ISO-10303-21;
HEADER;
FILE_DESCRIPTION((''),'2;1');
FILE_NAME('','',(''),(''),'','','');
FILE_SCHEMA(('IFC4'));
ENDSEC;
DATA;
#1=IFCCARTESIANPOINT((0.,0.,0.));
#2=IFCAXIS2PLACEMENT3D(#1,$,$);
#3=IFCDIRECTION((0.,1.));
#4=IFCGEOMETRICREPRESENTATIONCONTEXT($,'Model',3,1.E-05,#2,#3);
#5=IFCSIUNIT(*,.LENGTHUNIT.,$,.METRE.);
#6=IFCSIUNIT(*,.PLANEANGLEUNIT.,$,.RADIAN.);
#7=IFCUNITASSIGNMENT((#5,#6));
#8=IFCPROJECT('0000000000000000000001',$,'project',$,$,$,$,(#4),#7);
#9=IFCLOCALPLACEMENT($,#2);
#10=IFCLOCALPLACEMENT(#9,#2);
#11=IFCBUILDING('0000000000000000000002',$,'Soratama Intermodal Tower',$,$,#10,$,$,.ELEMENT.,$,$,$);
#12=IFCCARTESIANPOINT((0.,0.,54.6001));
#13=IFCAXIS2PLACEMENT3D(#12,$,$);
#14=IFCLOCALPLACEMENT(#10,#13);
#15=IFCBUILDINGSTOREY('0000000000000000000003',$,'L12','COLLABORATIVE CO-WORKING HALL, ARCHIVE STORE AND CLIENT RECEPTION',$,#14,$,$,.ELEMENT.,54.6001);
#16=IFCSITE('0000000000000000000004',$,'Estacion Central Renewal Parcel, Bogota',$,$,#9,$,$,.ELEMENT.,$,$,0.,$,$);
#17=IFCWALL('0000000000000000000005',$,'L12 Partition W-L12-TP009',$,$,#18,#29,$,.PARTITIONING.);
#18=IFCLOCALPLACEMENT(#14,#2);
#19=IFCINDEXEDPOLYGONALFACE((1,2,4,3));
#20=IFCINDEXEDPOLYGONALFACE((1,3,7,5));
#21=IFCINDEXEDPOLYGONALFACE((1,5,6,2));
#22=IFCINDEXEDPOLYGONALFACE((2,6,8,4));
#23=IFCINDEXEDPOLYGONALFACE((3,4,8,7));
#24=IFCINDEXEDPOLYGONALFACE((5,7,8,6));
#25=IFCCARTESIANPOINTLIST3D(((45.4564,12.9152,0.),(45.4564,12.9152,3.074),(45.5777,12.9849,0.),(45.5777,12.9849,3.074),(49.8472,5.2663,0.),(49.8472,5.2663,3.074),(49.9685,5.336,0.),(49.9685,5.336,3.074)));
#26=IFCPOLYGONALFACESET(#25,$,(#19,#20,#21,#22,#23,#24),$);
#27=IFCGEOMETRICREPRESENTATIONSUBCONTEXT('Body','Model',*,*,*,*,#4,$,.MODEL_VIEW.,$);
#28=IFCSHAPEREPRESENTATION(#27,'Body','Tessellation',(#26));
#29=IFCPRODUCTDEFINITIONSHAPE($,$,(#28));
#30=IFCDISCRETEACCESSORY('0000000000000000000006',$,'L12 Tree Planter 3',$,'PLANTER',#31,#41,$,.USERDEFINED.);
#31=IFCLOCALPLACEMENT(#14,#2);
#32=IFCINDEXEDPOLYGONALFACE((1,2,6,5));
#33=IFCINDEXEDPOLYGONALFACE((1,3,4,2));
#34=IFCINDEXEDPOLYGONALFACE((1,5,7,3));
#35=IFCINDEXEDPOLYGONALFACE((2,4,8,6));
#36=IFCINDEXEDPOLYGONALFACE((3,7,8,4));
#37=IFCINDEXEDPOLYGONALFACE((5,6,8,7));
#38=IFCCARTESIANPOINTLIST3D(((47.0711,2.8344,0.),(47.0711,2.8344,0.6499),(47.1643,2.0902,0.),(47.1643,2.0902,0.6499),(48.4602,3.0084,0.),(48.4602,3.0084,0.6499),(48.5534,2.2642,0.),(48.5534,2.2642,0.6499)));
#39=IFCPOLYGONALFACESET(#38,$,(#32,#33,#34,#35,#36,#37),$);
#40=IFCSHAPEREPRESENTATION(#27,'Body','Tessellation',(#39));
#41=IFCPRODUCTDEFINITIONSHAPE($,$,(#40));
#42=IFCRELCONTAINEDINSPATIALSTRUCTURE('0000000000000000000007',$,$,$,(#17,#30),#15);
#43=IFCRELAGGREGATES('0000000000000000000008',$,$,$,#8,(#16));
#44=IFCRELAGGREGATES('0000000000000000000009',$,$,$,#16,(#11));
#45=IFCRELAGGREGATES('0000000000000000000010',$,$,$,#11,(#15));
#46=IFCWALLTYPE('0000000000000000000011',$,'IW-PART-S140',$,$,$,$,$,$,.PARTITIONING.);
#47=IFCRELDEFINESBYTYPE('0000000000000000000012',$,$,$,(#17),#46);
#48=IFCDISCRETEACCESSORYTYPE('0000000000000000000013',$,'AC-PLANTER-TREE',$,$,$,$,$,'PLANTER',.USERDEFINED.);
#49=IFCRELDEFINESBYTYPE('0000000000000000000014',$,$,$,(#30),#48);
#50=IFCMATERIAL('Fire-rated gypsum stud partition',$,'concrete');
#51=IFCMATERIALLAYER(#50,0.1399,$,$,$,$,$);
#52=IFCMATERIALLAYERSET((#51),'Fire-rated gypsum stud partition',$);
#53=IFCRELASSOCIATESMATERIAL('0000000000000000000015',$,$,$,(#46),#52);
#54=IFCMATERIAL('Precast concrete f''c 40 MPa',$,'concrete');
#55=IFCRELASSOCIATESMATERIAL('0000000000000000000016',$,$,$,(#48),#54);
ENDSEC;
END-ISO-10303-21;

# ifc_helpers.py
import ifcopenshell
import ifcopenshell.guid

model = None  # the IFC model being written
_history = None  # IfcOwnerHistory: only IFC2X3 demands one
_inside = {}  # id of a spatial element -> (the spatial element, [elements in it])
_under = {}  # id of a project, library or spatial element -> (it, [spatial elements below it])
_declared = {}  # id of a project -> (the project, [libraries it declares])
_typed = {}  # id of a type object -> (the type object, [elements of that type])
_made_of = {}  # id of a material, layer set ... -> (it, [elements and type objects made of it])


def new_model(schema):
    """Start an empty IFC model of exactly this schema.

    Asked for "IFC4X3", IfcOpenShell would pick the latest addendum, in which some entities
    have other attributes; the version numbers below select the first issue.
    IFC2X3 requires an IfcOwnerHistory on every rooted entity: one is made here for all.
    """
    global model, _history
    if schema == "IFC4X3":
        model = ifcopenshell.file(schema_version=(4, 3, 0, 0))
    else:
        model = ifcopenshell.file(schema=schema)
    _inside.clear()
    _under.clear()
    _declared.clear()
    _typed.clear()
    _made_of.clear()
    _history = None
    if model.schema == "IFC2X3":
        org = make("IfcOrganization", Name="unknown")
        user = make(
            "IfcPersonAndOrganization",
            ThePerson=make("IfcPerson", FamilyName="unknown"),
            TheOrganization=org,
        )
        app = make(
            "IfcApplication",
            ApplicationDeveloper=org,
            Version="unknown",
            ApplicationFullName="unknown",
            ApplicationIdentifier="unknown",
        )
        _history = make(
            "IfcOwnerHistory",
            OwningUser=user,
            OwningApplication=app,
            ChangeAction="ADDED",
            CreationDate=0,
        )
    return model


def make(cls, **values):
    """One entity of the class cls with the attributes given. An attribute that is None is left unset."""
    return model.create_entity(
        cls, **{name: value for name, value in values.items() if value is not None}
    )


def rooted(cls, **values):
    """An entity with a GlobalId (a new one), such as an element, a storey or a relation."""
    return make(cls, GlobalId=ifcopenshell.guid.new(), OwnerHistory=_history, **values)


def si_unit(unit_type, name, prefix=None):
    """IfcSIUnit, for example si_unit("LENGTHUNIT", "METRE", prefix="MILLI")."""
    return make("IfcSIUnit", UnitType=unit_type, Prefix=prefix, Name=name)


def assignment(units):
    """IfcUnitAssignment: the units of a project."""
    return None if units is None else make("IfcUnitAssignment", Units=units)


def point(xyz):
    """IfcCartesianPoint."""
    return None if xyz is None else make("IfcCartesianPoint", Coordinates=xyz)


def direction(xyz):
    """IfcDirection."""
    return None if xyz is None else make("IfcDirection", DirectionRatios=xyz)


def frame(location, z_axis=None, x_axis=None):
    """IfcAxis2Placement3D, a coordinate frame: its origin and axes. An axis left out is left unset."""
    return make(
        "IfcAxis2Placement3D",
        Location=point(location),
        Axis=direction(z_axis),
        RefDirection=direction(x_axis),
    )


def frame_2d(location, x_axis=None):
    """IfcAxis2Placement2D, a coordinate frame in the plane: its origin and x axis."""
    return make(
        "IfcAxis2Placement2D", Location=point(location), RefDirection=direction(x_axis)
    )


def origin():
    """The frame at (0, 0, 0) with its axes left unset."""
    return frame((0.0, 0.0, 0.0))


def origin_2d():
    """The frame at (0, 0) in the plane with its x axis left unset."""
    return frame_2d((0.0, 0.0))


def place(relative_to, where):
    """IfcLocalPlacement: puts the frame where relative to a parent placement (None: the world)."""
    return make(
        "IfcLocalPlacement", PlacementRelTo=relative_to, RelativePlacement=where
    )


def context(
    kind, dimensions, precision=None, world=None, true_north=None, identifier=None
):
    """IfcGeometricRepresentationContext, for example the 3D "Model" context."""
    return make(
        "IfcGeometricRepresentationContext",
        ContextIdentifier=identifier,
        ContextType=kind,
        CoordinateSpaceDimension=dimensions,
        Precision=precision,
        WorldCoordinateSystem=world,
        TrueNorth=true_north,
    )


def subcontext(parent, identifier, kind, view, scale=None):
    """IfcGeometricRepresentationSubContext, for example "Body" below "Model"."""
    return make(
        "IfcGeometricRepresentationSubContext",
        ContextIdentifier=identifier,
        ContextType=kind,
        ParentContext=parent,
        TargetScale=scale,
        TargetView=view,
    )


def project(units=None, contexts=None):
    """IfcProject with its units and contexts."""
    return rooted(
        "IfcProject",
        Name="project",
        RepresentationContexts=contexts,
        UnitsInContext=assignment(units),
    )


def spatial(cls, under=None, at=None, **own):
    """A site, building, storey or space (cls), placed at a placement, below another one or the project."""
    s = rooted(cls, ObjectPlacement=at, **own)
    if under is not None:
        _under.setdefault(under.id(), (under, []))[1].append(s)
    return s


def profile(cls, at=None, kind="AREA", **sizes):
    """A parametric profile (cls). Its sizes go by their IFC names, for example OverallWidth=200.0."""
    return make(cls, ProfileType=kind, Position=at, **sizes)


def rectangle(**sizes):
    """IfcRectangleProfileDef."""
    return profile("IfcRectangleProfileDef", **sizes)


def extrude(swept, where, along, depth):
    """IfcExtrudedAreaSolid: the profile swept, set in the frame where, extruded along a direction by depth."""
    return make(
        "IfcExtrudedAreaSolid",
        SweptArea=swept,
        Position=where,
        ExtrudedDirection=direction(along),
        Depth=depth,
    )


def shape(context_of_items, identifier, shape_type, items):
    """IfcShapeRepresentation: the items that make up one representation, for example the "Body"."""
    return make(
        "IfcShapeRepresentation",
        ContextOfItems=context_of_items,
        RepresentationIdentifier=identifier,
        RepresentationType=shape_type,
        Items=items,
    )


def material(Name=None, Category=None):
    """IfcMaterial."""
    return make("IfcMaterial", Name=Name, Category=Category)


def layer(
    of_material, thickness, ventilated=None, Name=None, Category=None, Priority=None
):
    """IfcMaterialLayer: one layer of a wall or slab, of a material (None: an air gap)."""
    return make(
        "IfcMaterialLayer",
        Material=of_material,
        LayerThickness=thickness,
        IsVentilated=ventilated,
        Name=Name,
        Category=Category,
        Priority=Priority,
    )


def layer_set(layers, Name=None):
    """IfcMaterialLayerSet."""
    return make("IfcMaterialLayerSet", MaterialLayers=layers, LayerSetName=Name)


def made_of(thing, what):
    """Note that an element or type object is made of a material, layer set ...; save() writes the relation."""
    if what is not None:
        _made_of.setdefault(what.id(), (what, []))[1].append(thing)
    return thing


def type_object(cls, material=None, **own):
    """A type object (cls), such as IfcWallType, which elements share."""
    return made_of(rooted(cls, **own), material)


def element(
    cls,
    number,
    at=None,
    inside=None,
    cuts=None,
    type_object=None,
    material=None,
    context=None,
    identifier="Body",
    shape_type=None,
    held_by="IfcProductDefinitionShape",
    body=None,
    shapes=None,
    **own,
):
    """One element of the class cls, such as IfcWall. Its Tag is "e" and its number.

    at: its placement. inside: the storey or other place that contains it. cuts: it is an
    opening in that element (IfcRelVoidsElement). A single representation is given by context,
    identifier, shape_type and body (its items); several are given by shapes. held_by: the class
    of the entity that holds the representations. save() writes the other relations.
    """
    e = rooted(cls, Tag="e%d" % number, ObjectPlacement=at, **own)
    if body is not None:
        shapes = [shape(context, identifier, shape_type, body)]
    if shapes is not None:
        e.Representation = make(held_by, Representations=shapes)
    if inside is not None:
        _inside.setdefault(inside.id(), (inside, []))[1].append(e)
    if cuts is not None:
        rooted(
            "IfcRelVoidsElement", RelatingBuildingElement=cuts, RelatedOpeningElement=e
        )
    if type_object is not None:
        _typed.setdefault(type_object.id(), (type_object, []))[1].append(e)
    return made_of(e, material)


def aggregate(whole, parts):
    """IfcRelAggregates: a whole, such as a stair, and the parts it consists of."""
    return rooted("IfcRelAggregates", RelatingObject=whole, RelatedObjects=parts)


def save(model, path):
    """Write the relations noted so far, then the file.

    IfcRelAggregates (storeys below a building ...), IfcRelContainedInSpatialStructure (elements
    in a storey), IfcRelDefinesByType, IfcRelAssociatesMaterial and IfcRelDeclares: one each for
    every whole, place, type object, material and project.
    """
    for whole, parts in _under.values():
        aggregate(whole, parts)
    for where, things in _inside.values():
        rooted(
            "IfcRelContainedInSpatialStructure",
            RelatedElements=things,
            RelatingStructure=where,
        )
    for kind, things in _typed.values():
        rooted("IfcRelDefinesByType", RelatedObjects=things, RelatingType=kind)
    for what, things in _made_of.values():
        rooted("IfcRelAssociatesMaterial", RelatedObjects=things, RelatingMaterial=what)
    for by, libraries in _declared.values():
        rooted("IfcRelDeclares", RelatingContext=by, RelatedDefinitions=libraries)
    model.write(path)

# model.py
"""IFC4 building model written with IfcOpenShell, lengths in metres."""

from ifc_helpers import new_model, si_unit, direction, frame, frame_2d, origin, origin_2d, place, context, subcontext, project, spatial, rectangle, extrude, material, layer, layer_set, type_object, element, save


model = new_model("IFC4")

# Units and contexts
model_context = context("Model", 3, precision=1e-05, world=origin(), true_north=direction((0.0, 1.0)))
body_context = subcontext(model_context, "Body", "Model", "MODEL_VIEW")
ifc_project = project(units=[si_unit("LENGTHUNIT", "METRE"), si_unit("PLANEANGLEUNIT", "RADIAN")], contexts=[model_context])

# Site, building, storey
site_placement = place(None, origin())
site = spatial("IfcSite", under=ifc_project, at=site_placement, Name="Estacion Central Renewal Parcel, Bogota", CompositionType="ELEMENT", RefElevation=0.0)
building_placement = place(site_placement, origin())
building = spatial("IfcBuilding", under=site, at=building_placement, Name="Soratama Intermodal Tower", CompositionType="ELEMENT")
storey_placement = place(building_placement, frame((0.0, 0.0, 54.6001)))
storey = spatial("IfcBuildingStorey", under=building, at=storey_placement, Name="L12", Description="COLLABORATIVE CO-WORKING HALL, ARCHIVE STORE AND CLIENT RECEPTION", CompositionType="ELEMENT", Elevation=54.6001)

# Wall
ifc_material_1 = material(Name="Fire-rated gypsum stud partition", Category="concrete")
ifc_layer_1 = layer(ifc_material_1, 0.1399)
ifc_layer_set_1 = layer_set([ifc_layer_1], Name="Fire-rated gypsum stud partition")
wall_type_1 = type_object("IfcWallType", Name="IW-PART-S140", PredefinedType="PARTITIONING", material=ifc_layer_set_1)
wall_1_placement = place(storey_placement, frame((45.5171, 12.95, 0.0), z_axis=(0.0, 0.0, 1.0), x_axis=(0.497852, -0.867262, 0.0)))
element("IfcWall", 1, at=wall_1_placement, inside=storey, type_object=wall_type_1, Name="L12 Partition W-L12-TP009", PredefinedType="PARTITIONING", context=body_context, shape_type="SweptSolid", body=[
    extrude(rectangle(XDim=8.8196, YDim=0.1399, at=frame_2d((4.4097, 0.0))), origin(), (0.0, 0.0, 1.0), 3.074),
])

# Discrete accessory
ifc_material_2 = material(Name="Precast concrete f'c 40 MPa", Category="concrete")
discrete_accessory_type = type_object("IfcDiscreteAccessoryType", Name="AC-PLANTER-TREE", ElementType="PLANTER", PredefinedType="USERDEFINED", material=ifc_material_2)
discrete_accessory_placement = place(storey_placement, frame((47.8123, 2.5493, 0.0), z_axis=(0.0, 0.0, 1.0), x_axis=(0.124294, -0.992245, 0.0)))
element("IfcDiscreteAccessory", 2, at=discrete_accessory_placement, inside=storey, type_object=discrete_accessory_type, Name="L12 Tree Planter 3", ObjectType="PLANTER", PredefinedType="USERDEFINED", context=body_context, shape_type="SweptSolid", body=[
    extrude(rectangle(XDim=0.75, YDim=1.3999, at=origin_2d()), origin(), (0.0, 0.0, 1.0), 0.6499),
])

save(model, "model.ifc")
